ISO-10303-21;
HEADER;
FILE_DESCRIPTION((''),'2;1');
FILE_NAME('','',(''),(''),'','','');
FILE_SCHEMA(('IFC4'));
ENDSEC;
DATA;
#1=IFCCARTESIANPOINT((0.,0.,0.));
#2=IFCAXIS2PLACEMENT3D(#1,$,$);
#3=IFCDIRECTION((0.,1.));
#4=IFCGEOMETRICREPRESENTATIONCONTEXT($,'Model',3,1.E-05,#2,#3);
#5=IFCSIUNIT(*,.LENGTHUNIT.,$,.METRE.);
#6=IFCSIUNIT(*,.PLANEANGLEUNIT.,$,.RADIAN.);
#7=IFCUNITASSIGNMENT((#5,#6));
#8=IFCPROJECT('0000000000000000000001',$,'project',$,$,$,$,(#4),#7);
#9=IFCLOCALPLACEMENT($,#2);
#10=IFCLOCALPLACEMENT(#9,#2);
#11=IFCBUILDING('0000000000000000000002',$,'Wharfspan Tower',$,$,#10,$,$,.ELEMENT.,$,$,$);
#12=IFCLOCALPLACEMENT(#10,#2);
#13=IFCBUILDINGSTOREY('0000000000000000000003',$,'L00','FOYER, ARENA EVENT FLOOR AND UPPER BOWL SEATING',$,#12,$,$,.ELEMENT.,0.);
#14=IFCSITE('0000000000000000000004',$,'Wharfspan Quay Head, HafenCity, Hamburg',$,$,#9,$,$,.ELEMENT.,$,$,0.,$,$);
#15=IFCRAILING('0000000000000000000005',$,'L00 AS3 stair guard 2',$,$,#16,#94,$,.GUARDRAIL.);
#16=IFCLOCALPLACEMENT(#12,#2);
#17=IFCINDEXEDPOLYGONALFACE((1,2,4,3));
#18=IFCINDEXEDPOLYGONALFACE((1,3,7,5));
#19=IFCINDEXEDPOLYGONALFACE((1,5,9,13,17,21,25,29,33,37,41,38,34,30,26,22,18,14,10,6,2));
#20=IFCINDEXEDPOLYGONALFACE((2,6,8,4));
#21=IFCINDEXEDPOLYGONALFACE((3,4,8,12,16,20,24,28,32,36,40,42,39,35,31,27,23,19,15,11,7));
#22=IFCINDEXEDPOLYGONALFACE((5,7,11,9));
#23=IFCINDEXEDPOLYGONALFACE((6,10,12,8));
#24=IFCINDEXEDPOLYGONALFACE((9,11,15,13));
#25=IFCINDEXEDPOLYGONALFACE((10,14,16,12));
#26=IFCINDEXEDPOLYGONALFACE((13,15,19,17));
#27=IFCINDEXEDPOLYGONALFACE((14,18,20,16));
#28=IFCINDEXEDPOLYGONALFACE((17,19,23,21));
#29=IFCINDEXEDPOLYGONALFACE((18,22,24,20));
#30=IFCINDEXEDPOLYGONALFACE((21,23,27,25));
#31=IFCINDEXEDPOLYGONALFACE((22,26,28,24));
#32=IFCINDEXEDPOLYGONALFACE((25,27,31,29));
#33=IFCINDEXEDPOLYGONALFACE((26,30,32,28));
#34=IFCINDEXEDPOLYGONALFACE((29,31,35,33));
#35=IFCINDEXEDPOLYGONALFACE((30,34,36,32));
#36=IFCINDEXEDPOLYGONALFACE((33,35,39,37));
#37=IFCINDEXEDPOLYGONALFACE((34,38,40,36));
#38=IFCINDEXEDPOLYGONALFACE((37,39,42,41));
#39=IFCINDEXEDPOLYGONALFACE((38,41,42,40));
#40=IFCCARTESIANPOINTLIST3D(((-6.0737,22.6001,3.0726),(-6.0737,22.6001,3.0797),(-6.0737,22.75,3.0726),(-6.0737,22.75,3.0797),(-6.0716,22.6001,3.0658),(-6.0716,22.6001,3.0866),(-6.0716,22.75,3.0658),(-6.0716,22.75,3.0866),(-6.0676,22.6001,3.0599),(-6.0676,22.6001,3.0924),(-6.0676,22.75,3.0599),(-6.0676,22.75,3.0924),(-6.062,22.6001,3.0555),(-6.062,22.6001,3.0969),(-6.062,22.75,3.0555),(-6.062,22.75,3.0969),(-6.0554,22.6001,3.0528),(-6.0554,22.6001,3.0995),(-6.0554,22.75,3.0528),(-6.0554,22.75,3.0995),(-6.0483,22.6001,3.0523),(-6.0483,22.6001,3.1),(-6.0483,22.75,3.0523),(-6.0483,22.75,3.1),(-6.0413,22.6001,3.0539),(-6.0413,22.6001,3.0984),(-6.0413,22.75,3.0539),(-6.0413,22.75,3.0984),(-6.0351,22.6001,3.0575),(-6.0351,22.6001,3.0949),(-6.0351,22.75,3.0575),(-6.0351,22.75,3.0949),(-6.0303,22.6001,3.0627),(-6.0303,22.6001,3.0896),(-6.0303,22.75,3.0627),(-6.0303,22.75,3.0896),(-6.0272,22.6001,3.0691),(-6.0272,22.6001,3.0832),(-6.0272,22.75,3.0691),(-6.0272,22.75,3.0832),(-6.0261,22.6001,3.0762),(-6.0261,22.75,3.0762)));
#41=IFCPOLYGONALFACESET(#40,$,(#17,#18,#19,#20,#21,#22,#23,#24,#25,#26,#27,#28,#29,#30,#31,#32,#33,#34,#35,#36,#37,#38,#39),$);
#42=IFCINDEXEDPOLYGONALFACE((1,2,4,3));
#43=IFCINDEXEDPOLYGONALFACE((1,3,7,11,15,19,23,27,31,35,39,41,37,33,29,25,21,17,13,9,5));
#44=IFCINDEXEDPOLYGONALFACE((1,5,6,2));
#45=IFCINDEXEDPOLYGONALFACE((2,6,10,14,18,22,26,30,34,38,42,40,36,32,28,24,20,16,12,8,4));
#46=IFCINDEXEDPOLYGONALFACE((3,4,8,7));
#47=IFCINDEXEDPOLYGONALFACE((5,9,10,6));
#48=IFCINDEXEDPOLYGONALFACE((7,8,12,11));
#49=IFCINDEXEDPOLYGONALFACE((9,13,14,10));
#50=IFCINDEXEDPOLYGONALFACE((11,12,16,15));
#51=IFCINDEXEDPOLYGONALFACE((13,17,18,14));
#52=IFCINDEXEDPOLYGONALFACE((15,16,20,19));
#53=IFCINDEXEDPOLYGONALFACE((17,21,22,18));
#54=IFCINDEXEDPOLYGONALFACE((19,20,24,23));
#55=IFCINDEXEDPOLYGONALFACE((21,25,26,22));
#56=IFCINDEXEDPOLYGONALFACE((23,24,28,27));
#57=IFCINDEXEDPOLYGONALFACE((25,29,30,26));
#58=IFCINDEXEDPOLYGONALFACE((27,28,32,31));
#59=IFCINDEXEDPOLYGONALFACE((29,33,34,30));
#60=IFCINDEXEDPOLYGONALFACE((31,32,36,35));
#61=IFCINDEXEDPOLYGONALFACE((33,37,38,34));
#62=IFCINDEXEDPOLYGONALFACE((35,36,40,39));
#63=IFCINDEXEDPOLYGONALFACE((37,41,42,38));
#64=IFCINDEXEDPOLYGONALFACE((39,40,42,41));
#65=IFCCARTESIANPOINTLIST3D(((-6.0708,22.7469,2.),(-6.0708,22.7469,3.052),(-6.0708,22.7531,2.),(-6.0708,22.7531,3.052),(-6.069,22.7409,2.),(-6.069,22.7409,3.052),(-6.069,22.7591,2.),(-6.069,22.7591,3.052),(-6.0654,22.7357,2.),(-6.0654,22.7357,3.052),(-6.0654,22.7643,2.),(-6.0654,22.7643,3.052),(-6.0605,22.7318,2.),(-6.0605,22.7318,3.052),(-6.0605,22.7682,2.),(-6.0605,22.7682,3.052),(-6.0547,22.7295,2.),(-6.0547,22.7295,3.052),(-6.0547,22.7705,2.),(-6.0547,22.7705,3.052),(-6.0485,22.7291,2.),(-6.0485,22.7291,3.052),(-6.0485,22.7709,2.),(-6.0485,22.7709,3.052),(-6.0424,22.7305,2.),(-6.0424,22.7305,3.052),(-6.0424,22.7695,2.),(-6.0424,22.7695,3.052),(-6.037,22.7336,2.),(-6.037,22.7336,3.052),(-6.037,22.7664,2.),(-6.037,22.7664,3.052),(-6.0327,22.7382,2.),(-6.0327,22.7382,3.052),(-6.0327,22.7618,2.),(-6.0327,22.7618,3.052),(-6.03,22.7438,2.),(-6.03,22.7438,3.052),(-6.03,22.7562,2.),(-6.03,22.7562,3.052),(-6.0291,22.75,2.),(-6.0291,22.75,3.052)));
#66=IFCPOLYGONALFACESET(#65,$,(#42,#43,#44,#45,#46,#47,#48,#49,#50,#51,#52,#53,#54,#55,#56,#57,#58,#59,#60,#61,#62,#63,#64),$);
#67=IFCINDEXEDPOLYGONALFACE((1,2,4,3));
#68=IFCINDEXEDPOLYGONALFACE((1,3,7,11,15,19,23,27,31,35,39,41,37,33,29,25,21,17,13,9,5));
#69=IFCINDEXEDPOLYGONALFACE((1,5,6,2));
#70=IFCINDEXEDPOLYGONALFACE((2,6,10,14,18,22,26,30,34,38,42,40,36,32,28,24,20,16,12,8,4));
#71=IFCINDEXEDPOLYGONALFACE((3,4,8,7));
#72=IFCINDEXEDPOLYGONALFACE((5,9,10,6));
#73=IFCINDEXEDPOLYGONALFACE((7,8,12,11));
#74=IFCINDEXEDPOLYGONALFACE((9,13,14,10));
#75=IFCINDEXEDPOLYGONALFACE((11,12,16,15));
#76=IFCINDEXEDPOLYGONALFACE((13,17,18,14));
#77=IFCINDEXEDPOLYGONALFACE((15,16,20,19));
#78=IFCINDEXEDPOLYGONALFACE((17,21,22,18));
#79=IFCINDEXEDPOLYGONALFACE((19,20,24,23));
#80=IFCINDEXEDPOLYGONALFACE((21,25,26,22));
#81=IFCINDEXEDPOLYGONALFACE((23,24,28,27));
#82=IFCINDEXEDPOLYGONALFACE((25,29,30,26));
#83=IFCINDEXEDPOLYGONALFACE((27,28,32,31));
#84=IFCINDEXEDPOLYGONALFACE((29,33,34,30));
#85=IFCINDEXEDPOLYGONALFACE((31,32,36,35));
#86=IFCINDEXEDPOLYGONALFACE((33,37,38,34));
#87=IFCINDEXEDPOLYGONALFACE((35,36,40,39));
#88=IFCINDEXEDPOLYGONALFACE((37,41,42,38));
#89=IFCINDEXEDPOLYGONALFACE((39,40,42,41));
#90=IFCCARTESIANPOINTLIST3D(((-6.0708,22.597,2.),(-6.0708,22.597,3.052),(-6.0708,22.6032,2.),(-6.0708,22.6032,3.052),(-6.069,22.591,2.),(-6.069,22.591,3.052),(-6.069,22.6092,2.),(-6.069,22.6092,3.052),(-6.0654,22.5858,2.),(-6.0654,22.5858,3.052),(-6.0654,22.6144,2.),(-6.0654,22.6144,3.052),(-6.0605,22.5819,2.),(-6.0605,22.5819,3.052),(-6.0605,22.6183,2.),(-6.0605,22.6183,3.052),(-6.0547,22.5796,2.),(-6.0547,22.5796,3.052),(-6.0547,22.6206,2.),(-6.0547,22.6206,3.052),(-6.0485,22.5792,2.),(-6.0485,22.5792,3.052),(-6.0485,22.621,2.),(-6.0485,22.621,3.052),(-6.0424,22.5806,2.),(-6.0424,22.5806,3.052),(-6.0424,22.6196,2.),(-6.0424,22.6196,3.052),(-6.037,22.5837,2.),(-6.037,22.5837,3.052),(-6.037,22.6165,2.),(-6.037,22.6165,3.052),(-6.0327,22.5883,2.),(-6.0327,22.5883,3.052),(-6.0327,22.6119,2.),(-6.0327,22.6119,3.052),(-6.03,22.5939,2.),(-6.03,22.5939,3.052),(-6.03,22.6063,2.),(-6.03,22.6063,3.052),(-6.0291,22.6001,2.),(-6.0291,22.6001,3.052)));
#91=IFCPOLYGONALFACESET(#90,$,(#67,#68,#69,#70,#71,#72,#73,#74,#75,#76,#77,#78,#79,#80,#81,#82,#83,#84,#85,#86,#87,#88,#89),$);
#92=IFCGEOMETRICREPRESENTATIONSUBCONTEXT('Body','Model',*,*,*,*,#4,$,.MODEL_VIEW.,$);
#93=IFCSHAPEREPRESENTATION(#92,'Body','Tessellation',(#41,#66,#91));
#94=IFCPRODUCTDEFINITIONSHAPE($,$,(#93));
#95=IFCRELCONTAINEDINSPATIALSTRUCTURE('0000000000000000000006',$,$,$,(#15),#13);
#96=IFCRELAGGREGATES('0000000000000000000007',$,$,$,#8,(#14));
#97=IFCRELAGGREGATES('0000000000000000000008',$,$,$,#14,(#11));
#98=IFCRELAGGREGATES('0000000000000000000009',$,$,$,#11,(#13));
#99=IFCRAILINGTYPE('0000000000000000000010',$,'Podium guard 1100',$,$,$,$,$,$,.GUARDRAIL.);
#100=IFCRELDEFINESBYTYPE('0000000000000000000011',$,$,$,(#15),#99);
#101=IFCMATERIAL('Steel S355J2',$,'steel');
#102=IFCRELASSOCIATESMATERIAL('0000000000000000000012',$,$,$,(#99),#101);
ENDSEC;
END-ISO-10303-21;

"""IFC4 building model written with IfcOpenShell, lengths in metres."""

from ifc_helpers import new_model, si_unit, direction, frame, origin, origin_2d, place, context, subcontext, project, spatial, circle, extrude, material, type_object, element, save


model = new_model("IFC4")

# Units and contexts
model_context = context("Model", 3, precision=1e-05, world=origin(), true_north=direction((0.0, 1.0)))
body_context = subcontext(model_context, "Body", "Model", "MODEL_VIEW")
ifc_project = project(units=[si_unit("LENGTHUNIT", "METRE"), si_unit("PLANEANGLEUNIT", "RADIAN")], contexts=[model_context])

# Site, building, storey
site_placement = place(None, origin())
site = spatial("IfcSite", under=ifc_project, at=site_placement, Name="Wharfspan Quay Head, HafenCity, Hamburg", CompositionType="ELEMENT", RefElevation=0.0)
building_placement = place(site_placement, origin())
building = spatial("IfcBuilding", under=site, at=building_placement, Name="Wharfspan Tower", CompositionType="ELEMENT")
storey_placement = place(building_placement, origin())
storey = spatial("IfcBuildingStorey", under=building, at=storey_placement, Name="L00", Description="FOYER, ARENA EVENT FLOOR AND UPPER BOWL SEATING", CompositionType="ELEMENT", Elevation=0.0)

# Shared definitions
ifc_material_1 = material(Name="Steel S355J2", Category="steel")

# Railing
railing_type_1 = type_object("IfcRailingType", Name="Podium guard 1100", PredefinedType="GUARDRAIL", material=ifc_material_1)
railing_1_placement = place(storey_placement, frame((-6.05, 22.75, 2.0)))
element("IfcRailing", 1, at=railing_1_placement, inside=storey, type_object=railing_type_1, Name="L00 AS3 stair guard 2", PredefinedType="GUARDRAIL", context=body_context, shape_type="SweptSolid", body=[
    extrude(circle(Radius=0.0239, at=origin_2d()), frame((0.0, 0.0, 1.0762), z_axis=(0.0, -1.0, 0.0), x_axis=(1.0, 0.0, 0.0)), (0.0, 0.0, 1.0), 0.1499),
    extrude(circle(Radius=0.021, at=origin_2d()), origin(), (0.0, 0.0, 1.0), 1.052),
    extrude(circle(Radius=0.021, at=origin_2d()), frame((0.0, -0.1499, 0.0)), (0.0, 0.0, 1.0), 1.052),
])

save(model, "model.ifc")
